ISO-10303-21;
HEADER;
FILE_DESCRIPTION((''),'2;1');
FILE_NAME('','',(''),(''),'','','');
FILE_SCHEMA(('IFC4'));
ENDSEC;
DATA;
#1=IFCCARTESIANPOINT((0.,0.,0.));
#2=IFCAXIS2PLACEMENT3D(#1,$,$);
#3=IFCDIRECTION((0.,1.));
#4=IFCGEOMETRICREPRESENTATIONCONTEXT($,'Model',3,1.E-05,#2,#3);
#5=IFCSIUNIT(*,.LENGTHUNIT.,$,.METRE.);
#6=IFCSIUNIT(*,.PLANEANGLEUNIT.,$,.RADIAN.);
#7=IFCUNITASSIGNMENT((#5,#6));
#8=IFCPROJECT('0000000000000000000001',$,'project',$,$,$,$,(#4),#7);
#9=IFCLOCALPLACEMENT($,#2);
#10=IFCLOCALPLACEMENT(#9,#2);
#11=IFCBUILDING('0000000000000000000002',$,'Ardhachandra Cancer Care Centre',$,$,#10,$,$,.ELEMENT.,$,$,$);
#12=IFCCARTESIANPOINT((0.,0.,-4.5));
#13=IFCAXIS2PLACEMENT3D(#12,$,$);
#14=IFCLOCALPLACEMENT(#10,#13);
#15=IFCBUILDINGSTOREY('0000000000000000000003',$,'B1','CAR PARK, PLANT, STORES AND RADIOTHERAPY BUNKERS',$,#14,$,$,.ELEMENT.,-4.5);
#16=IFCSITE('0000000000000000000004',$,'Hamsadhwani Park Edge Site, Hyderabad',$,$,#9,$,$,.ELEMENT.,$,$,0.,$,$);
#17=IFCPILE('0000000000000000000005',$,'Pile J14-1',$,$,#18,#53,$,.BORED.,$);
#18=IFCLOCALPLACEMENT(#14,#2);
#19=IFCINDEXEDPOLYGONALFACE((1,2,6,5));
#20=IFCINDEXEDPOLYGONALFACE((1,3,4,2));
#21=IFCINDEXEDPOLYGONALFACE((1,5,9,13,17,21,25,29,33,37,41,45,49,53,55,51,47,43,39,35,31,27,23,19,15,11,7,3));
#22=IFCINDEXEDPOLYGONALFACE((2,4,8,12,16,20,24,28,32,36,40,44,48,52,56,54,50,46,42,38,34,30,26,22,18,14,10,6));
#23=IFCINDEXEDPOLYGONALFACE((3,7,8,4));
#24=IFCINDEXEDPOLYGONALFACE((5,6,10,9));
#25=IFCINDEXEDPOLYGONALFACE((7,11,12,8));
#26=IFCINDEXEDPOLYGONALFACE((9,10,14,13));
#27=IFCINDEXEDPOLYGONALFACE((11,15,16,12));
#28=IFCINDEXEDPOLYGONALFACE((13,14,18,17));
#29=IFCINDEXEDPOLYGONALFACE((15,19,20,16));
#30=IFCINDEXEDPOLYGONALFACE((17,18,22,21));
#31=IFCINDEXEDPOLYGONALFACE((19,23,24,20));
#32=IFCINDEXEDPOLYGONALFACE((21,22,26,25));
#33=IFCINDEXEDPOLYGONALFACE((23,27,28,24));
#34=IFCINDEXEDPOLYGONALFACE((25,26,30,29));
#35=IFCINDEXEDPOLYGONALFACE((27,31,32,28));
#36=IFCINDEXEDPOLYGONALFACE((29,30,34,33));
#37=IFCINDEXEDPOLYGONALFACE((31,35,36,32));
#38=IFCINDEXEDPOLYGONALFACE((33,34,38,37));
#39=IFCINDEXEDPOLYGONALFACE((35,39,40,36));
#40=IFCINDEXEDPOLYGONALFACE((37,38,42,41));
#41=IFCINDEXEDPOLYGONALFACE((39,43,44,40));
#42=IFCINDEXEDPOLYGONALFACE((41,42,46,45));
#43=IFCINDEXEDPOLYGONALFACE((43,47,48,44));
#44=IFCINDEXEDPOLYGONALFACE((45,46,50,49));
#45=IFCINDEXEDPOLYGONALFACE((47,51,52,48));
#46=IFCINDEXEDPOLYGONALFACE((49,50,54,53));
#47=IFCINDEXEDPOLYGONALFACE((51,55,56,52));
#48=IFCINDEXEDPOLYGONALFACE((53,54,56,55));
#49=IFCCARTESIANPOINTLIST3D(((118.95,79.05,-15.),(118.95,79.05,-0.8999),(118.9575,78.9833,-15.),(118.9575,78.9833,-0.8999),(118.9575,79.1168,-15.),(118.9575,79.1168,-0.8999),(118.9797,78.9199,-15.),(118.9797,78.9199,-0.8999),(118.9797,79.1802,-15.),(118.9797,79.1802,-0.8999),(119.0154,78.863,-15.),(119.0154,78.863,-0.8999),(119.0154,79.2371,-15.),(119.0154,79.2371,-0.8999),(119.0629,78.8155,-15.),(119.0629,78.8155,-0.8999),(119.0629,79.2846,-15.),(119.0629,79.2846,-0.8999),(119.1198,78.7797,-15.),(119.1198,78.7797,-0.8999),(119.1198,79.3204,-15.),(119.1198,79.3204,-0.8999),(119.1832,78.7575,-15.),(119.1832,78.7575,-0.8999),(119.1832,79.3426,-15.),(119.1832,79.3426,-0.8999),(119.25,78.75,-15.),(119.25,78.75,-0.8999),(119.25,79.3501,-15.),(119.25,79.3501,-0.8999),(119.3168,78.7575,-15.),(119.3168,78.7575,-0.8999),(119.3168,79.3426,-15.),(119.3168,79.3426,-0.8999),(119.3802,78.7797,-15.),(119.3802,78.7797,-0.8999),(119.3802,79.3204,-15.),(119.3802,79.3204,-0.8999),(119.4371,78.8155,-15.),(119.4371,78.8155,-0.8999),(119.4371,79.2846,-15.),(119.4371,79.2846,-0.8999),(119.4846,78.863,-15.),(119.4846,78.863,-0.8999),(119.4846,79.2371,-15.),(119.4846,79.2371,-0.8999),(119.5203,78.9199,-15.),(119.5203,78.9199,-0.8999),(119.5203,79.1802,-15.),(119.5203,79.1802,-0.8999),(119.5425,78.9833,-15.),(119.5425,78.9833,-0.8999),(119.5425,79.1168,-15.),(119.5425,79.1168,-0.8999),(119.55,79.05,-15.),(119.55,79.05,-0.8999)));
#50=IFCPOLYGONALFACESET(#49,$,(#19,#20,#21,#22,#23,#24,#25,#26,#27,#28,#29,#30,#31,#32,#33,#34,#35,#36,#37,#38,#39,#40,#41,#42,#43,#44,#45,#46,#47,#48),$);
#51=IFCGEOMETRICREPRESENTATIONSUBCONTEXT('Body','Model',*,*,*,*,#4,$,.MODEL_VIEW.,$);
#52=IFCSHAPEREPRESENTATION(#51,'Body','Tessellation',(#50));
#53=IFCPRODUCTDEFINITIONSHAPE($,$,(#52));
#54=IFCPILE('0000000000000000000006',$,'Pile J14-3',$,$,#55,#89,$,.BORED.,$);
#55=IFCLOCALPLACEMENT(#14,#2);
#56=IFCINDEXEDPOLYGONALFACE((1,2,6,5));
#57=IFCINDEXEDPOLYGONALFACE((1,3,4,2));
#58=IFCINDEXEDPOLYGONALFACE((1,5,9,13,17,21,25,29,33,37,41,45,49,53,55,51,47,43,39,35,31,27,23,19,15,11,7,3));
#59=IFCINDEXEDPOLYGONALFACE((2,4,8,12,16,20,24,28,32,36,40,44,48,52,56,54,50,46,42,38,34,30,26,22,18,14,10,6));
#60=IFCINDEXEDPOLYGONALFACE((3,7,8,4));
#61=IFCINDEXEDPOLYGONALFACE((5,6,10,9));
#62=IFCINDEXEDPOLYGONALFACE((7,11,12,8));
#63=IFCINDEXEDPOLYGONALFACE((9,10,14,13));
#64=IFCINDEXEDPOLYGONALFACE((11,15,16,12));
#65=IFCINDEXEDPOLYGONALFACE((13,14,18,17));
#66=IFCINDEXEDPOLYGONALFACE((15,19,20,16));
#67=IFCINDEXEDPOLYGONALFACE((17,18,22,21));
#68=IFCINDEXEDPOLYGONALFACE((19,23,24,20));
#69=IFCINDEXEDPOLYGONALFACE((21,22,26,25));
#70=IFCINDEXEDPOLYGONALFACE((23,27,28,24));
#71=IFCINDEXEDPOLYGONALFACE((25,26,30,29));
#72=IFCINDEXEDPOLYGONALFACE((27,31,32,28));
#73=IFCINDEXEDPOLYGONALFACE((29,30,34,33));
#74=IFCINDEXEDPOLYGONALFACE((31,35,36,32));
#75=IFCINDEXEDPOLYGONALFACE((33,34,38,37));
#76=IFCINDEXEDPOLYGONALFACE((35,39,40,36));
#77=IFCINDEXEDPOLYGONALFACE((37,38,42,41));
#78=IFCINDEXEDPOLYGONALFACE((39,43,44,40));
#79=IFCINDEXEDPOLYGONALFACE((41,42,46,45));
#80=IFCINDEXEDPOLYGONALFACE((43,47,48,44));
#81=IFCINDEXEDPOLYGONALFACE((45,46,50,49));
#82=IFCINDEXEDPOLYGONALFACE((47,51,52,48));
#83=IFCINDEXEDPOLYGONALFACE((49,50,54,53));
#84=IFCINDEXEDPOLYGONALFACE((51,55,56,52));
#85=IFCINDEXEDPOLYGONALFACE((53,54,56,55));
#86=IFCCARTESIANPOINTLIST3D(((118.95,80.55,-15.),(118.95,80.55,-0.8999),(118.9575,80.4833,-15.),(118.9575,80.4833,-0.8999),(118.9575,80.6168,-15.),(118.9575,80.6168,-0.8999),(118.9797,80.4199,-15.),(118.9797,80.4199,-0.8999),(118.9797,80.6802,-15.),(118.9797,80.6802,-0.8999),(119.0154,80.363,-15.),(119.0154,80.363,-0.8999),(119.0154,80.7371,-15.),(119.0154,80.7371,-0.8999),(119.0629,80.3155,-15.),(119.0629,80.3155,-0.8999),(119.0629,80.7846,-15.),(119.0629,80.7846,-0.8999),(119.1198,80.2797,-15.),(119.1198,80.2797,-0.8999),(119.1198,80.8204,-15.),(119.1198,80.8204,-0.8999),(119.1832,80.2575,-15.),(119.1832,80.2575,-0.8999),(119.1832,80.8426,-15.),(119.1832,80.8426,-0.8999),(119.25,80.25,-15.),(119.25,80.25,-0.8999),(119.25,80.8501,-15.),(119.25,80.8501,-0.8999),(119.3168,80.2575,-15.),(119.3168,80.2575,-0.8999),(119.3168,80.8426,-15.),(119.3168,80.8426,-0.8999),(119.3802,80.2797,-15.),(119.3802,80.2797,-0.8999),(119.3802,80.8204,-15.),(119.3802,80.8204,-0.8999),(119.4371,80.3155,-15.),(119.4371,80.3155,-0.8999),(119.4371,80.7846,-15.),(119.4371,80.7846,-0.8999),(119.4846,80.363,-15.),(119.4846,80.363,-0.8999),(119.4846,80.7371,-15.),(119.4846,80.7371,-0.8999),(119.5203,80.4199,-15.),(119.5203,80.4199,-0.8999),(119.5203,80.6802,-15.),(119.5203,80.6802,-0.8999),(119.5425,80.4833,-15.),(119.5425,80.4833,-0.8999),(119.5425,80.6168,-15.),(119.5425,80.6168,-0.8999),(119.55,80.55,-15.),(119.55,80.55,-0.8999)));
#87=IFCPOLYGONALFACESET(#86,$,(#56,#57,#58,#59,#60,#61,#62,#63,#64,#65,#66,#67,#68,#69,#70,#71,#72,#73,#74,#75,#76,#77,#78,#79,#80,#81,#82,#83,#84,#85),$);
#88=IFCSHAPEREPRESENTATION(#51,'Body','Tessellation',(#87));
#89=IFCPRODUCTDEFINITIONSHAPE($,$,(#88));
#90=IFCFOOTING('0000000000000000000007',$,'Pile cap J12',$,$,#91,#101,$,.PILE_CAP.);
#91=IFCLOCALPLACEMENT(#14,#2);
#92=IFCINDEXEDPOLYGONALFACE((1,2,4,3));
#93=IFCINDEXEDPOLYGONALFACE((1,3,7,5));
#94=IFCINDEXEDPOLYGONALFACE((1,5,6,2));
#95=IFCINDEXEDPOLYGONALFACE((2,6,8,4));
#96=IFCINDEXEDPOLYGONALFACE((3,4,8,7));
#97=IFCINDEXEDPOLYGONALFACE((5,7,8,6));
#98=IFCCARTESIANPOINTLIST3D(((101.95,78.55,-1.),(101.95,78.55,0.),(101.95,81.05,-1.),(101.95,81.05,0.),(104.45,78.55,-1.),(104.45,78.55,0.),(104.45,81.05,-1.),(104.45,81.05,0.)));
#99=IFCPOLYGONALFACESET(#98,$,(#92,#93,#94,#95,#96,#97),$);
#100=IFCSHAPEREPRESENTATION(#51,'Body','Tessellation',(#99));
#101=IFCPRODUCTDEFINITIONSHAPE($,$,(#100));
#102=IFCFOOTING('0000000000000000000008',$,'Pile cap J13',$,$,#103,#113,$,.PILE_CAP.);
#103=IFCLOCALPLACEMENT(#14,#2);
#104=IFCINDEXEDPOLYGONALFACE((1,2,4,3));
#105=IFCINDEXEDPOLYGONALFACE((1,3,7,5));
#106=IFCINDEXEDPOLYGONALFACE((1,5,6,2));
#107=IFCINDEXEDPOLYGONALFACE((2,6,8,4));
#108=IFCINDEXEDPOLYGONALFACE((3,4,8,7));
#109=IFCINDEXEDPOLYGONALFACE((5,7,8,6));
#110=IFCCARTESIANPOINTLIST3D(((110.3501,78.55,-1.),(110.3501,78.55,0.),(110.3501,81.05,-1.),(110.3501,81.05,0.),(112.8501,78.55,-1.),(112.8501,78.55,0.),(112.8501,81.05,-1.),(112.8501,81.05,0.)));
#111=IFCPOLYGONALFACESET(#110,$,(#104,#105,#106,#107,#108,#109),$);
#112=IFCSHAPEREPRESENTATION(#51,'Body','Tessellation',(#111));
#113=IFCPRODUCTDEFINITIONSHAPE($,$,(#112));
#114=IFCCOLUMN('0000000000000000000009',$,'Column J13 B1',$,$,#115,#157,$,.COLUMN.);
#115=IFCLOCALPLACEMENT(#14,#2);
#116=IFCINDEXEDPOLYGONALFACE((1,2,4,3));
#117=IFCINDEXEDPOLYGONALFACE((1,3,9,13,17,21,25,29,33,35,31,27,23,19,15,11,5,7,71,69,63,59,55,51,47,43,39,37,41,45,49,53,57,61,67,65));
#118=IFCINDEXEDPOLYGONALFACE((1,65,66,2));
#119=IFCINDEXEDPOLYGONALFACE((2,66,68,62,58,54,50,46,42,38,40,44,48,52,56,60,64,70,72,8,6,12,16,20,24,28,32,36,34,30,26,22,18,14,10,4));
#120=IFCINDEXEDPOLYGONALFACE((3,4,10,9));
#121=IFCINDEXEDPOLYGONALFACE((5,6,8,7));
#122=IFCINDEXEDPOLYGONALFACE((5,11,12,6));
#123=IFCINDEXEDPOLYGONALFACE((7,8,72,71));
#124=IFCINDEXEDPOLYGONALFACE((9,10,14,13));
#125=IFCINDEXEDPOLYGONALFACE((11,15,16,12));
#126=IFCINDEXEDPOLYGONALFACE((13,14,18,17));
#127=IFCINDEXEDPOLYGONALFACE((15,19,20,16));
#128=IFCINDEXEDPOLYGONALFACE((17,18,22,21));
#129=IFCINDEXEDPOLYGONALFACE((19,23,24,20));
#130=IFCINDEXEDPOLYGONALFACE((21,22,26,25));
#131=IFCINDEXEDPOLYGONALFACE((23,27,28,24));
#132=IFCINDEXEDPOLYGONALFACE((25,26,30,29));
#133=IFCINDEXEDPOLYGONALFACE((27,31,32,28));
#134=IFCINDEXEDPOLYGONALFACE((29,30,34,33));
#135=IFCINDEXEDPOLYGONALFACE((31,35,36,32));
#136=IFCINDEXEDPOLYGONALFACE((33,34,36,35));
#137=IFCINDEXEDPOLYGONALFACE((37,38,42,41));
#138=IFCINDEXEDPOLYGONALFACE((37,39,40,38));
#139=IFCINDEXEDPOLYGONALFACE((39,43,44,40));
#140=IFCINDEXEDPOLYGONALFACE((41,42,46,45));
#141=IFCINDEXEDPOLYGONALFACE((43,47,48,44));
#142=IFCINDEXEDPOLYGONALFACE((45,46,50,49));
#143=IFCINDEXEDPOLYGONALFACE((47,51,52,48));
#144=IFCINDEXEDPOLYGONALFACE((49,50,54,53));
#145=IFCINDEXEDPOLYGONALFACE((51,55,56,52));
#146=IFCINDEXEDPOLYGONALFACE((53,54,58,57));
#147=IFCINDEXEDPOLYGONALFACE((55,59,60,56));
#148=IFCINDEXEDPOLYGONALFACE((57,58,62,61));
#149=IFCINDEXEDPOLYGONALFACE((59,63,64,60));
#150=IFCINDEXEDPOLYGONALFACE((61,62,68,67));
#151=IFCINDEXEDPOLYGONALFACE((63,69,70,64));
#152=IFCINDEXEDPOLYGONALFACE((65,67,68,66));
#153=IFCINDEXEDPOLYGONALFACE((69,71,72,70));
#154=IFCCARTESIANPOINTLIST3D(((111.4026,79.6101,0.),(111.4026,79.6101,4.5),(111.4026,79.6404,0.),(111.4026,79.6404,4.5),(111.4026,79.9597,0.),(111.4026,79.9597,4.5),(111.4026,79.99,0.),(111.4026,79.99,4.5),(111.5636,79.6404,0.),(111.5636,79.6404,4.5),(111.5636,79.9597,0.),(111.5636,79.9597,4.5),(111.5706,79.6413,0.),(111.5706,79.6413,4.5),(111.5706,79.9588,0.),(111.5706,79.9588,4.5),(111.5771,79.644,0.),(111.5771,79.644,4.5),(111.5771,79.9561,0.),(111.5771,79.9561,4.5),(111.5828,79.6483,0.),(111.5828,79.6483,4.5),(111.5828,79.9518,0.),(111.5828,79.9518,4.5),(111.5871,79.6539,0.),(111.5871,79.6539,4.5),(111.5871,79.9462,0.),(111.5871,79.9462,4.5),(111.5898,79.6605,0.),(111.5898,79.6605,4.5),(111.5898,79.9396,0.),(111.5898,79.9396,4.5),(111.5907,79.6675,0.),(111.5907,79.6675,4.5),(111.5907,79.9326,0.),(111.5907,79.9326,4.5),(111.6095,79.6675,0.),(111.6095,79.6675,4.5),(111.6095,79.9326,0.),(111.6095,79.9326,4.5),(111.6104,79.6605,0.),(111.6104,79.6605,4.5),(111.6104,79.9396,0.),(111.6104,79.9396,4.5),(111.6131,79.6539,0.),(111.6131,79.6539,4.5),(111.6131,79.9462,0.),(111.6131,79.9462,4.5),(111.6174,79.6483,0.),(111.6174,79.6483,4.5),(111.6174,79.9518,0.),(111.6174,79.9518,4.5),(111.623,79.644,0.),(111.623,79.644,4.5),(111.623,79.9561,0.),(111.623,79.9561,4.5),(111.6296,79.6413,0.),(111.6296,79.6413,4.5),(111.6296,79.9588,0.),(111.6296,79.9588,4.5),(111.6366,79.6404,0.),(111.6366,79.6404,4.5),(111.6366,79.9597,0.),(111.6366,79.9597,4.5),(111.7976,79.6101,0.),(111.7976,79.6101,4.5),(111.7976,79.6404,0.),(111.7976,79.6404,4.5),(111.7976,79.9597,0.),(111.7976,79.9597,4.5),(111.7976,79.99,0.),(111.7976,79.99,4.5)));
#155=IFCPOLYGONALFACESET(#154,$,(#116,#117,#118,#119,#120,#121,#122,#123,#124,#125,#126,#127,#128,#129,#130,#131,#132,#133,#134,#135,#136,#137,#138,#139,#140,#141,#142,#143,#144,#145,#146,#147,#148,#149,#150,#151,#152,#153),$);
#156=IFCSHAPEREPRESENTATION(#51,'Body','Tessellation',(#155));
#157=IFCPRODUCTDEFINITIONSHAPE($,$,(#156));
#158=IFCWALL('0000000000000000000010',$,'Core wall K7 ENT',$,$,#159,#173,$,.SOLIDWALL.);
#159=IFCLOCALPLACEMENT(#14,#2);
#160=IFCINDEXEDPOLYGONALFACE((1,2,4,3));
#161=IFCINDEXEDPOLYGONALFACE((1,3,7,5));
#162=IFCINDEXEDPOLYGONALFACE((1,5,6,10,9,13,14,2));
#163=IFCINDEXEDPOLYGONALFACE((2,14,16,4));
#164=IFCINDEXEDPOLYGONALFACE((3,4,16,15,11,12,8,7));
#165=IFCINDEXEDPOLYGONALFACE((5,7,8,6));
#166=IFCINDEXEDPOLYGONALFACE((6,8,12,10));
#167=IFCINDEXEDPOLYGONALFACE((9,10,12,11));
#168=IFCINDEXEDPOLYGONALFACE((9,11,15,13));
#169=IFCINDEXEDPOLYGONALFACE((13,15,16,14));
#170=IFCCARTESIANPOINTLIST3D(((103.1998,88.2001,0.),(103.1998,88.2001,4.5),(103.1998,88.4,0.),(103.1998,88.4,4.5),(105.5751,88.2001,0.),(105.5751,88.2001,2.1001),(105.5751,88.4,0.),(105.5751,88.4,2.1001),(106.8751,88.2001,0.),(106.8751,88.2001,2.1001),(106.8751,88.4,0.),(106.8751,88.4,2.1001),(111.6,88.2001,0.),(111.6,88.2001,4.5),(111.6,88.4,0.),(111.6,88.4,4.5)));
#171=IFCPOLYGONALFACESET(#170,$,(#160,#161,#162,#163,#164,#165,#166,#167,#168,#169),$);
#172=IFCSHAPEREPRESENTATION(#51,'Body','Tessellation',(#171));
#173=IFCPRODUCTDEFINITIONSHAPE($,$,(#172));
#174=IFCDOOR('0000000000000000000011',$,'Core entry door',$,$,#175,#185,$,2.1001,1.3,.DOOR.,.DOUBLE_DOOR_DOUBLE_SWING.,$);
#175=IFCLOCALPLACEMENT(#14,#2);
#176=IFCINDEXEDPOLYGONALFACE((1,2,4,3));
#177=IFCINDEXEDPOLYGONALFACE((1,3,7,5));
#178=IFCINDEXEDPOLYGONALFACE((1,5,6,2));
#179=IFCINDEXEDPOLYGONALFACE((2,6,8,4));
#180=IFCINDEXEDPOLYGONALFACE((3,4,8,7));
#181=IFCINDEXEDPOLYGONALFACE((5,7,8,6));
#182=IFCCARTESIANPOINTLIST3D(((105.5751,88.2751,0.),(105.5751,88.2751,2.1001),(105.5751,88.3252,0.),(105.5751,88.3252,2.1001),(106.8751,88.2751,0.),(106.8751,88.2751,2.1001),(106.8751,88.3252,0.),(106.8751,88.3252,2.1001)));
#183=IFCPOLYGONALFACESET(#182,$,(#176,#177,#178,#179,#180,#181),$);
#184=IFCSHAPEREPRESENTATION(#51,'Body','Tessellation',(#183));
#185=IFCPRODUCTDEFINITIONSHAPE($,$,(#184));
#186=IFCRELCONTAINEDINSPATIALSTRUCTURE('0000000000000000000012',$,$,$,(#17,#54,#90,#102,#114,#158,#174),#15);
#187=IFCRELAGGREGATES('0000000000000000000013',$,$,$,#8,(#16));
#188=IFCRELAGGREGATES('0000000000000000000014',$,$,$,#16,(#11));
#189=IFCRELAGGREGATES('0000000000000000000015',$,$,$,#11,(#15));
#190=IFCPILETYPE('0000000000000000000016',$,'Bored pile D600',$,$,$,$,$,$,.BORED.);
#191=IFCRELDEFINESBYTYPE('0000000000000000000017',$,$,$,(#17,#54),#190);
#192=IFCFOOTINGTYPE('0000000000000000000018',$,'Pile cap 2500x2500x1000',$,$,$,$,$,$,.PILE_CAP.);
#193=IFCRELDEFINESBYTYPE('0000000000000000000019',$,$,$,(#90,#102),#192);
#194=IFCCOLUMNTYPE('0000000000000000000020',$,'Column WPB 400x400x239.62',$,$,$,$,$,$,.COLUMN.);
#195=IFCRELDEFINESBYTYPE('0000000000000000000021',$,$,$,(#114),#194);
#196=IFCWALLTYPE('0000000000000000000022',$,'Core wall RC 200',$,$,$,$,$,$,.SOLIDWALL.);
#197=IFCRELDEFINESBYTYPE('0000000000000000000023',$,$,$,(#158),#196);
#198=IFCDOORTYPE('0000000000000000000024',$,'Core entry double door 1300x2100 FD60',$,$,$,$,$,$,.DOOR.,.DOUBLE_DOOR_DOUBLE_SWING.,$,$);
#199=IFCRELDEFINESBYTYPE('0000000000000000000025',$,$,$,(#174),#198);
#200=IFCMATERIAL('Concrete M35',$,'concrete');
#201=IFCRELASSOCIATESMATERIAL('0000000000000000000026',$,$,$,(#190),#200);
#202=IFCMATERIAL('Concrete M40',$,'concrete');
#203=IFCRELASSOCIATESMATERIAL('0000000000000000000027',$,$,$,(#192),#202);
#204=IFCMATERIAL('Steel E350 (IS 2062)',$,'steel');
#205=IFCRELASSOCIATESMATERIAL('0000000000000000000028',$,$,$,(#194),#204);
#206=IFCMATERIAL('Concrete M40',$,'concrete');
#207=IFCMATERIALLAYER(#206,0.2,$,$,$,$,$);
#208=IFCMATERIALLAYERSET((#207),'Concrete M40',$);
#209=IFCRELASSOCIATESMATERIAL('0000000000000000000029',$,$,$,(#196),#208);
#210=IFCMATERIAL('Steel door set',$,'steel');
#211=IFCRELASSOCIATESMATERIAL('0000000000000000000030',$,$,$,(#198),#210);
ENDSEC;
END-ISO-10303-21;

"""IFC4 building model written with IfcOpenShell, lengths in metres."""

from ifc_helpers import new_model, si_unit, direction, frame, frame_2d, origin, origin_2d, place, context, subcontext, project, spatial, rectangle, circle, i_section, extrude, material, layer, layer_set, material_profile, profile_set, type_object, element, fill, save


model = new_model("IFC4")

# Units and contexts
model_context = context("Model", 3, precision=1e-05, world=origin(), true_north=direction((0.0, 1.0)))
body_context = subcontext(model_context, "Body", "Model", "MODEL_VIEW")
ifc_project = project(units=[si_unit("LENGTHUNIT", "METRE"), si_unit("PLANEANGLEUNIT", "RADIAN")], contexts=[model_context])

# Site, building, storey
site_placement = place(None, origin())
site = spatial("IfcSite", under=ifc_project, at=site_placement, Name="Hamsadhwani Park Edge Site, Hyderabad", CompositionType="ELEMENT", RefElevation=0.0)
building_placement = place(site_placement, origin())
building = spatial("IfcBuilding", under=site, at=building_placement, Name="Ardhachandra Cancer Care Centre", CompositionType="ELEMENT")
storey_placement = place(building_placement, frame((0.0, 0.0, -4.5)))
storey = spatial("IfcBuildingStorey", under=building, at=storey_placement, Name="B1", Description="CAR PARK, PLANT, STORES AND RADIOTHERAPY BUNKERS", CompositionType="ELEMENT", Elevation=-4.5)

# Piles
ifc_material_1 = material(Name="Concrete M35", Category="concrete")
ifc_material_profile_1 = material_profile(ifc_material_1, circle(Radius=0.3, at=origin_2d()), Name="D600")
ifc_profile_set_1 = profile_set([ifc_material_profile_1], Name="Concrete M35")
pile_type = type_object("IfcPileType", Name="Bored pile D600", PredefinedType="BORED", material=ifc_profile_set_1)
for number, where, z_axis, x_axis, name in (
    (1, (119.25, 79.05, -0.8999), (0.0, 0.0, -1.0), (1.0, 0.0, 0.0), "Pile J14-1"),
    (2, (119.25, 80.55, -0.8999), (0.0, 0.0, -1.0), (1.0, 0.0, 0.0), "Pile J14-3"),
):
    element("IfcPile", number, at=place(storey_placement, frame(where, z_axis=z_axis, x_axis=x_axis)), inside=storey, type_object=pile_type, Name=name, PredefinedType="BORED", context=body_context, shape_type="SweptSolid", body=[
        extrude(circle(Radius=0.3, at=origin_2d()), origin(), (0.0, 0.0, 1.0), 14.1001),
    ])

# Footings
ifc_material_2 = material(Name="Concrete M40", Category="concrete")
footing_type = type_object("IfcFootingType", Name="Pile cap 2500x2500x1000", PredefinedType="PILE_CAP", material=ifc_material_2)
for number, where, z_axis, x_axis, name in (
    (3, (103.2, 79.8, -1.0), (0.0, 0.0, 1.0), (1.0, 0.0, 0.0), "Pile cap J12"),
    (4, (111.6001, 79.8, -1.0), (0.0, 0.0, 1.0), (1.0, 0.0, 0.0), "Pile cap J13"),
):
    element("IfcFooting", number, at=place(storey_placement, frame(where, z_axis=z_axis, x_axis=x_axis)), inside=storey, type_object=footing_type, Name=name, PredefinedType="PILE_CAP", context=body_context, shape_type="SweptSolid", body=[
        extrude(rectangle(XDim=2.5, YDim=2.5, at=origin_2d()), origin(), (0.0, 0.0, 1.0), 1.0),
    ])

# Column
ifc_material_3 = material(Name="Steel E350 (IS 2062)", Category="steel")
ifc_material_profile_2 = material_profile(ifc_material_3, i_section(OverallWidth=0.395, OverallDepth=0.3799, WebThickness=0.0188, FlangeThickness=0.0303, FilletRadius=0.0271, at=origin_2d()), Name="WPB 400x400x239.62")
ifc_profile_set_2 = profile_set([ifc_material_profile_2], Name="Steel E350 (IS 2062)")
column_type = type_object("IfcColumnType", Name="Column WPB 400x400x239.62", PredefinedType="COLUMN", material=ifc_profile_set_2)
column_placement = place(storey_placement, frame((111.6001, 79.8, 0.0), z_axis=(0.0, 0.0, 1.0), x_axis=(1.0, 0.0, 0.0)))
element("IfcColumn", 5, at=column_placement, inside=storey, type_object=column_type, Name="Column J13 B1", PredefinedType="COLUMN", context=body_context, shape_type="SweptSolid", body=[
    extrude(i_section(OverallWidth=0.395, OverallDepth=0.3799, WebThickness=0.0188, FlangeThickness=0.0303, FilletRadius=0.0271, at=origin_2d()), origin(), (0.0, 0.0, 1.0), 4.5),
])

# Wall, opening, door
ifc_material_4 = material(Name="Concrete M40", Category="concrete")
ifc_layer = layer(ifc_material_4, 0.2)
ifc_layer_set = layer_set([ifc_layer], Name="Concrete M40")
wall_type = type_object("IfcWallType", Name="Core wall RC 200", PredefinedType="SOLIDWALL", material=ifc_layer_set)
wall_1_placement = place(storey_placement, frame((111.6001, 88.3, 0.0), z_axis=(0.0, 0.0, 1.0), x_axis=(-1.0, 0.0, 0.0)))
wall_1 = element("IfcWall", 6, at=wall_1_placement, inside=storey, type_object=wall_type, Name="Core wall K7 ENT", PredefinedType="SOLIDWALL", context=body_context, shape_type="SweptSolid", body=[
    extrude(rectangle(XDim=8.4001, YDim=0.2, at=frame_2d((4.2002, 0.0))), origin(), (0.0, 0.0, 1.0), 4.5),
])
opening_placement = place(wall_1_placement, frame((4.7251, 0.0, 0.0)))
opening = element("IfcOpeningElement", 7, at=opening_placement, cuts=wall_1, PredefinedType="OPENING", context=body_context, shape_type="SweptSolid", body=[
    extrude(rectangle(XDim=1.3, YDim=2.1001, at=frame_2d((0.6499, 1.05))), frame((0.0, 0.1099, 0.0), z_axis=(0.0, -1.0, 0.0), x_axis=(1.0, 0.0, 0.0)), (0.0, 0.0, 1.0), 0.22),
])
ifc_material_5 = material(Name="Steel door set", Category="steel")
door_type = type_object("IfcDoorType", Name="Core entry double door 1300x2100 FD60", OperationType="DOUBLE_DOOR_DOUBLE_SWING", PredefinedType="DOOR", material=ifc_material_5)
door_placement = place(opening_placement, origin())
door = element("IfcDoor", 8, at=door_placement, inside=storey, type_object=door_type, Name="Core entry door", OperationType="DOUBLE_DOOR_DOUBLE_SWING", OverallHeight=2.1001, OverallWidth=1.3, PredefinedType="DOOR", context=body_context, shape_type="SweptSolid", body=[
    extrude(rectangle(XDim=1.3, YDim=2.1001, at=frame_2d((0.6499, 1.05))), frame((0.0, 0.0249, 0.0), z_axis=(0.0, -1.0, 0.0), x_axis=(1.0, 0.0, 0.0)), (0.0, 0.0, 1.0), 0.05),
])
fill(opening, door)

save(model, "model.ifc")
